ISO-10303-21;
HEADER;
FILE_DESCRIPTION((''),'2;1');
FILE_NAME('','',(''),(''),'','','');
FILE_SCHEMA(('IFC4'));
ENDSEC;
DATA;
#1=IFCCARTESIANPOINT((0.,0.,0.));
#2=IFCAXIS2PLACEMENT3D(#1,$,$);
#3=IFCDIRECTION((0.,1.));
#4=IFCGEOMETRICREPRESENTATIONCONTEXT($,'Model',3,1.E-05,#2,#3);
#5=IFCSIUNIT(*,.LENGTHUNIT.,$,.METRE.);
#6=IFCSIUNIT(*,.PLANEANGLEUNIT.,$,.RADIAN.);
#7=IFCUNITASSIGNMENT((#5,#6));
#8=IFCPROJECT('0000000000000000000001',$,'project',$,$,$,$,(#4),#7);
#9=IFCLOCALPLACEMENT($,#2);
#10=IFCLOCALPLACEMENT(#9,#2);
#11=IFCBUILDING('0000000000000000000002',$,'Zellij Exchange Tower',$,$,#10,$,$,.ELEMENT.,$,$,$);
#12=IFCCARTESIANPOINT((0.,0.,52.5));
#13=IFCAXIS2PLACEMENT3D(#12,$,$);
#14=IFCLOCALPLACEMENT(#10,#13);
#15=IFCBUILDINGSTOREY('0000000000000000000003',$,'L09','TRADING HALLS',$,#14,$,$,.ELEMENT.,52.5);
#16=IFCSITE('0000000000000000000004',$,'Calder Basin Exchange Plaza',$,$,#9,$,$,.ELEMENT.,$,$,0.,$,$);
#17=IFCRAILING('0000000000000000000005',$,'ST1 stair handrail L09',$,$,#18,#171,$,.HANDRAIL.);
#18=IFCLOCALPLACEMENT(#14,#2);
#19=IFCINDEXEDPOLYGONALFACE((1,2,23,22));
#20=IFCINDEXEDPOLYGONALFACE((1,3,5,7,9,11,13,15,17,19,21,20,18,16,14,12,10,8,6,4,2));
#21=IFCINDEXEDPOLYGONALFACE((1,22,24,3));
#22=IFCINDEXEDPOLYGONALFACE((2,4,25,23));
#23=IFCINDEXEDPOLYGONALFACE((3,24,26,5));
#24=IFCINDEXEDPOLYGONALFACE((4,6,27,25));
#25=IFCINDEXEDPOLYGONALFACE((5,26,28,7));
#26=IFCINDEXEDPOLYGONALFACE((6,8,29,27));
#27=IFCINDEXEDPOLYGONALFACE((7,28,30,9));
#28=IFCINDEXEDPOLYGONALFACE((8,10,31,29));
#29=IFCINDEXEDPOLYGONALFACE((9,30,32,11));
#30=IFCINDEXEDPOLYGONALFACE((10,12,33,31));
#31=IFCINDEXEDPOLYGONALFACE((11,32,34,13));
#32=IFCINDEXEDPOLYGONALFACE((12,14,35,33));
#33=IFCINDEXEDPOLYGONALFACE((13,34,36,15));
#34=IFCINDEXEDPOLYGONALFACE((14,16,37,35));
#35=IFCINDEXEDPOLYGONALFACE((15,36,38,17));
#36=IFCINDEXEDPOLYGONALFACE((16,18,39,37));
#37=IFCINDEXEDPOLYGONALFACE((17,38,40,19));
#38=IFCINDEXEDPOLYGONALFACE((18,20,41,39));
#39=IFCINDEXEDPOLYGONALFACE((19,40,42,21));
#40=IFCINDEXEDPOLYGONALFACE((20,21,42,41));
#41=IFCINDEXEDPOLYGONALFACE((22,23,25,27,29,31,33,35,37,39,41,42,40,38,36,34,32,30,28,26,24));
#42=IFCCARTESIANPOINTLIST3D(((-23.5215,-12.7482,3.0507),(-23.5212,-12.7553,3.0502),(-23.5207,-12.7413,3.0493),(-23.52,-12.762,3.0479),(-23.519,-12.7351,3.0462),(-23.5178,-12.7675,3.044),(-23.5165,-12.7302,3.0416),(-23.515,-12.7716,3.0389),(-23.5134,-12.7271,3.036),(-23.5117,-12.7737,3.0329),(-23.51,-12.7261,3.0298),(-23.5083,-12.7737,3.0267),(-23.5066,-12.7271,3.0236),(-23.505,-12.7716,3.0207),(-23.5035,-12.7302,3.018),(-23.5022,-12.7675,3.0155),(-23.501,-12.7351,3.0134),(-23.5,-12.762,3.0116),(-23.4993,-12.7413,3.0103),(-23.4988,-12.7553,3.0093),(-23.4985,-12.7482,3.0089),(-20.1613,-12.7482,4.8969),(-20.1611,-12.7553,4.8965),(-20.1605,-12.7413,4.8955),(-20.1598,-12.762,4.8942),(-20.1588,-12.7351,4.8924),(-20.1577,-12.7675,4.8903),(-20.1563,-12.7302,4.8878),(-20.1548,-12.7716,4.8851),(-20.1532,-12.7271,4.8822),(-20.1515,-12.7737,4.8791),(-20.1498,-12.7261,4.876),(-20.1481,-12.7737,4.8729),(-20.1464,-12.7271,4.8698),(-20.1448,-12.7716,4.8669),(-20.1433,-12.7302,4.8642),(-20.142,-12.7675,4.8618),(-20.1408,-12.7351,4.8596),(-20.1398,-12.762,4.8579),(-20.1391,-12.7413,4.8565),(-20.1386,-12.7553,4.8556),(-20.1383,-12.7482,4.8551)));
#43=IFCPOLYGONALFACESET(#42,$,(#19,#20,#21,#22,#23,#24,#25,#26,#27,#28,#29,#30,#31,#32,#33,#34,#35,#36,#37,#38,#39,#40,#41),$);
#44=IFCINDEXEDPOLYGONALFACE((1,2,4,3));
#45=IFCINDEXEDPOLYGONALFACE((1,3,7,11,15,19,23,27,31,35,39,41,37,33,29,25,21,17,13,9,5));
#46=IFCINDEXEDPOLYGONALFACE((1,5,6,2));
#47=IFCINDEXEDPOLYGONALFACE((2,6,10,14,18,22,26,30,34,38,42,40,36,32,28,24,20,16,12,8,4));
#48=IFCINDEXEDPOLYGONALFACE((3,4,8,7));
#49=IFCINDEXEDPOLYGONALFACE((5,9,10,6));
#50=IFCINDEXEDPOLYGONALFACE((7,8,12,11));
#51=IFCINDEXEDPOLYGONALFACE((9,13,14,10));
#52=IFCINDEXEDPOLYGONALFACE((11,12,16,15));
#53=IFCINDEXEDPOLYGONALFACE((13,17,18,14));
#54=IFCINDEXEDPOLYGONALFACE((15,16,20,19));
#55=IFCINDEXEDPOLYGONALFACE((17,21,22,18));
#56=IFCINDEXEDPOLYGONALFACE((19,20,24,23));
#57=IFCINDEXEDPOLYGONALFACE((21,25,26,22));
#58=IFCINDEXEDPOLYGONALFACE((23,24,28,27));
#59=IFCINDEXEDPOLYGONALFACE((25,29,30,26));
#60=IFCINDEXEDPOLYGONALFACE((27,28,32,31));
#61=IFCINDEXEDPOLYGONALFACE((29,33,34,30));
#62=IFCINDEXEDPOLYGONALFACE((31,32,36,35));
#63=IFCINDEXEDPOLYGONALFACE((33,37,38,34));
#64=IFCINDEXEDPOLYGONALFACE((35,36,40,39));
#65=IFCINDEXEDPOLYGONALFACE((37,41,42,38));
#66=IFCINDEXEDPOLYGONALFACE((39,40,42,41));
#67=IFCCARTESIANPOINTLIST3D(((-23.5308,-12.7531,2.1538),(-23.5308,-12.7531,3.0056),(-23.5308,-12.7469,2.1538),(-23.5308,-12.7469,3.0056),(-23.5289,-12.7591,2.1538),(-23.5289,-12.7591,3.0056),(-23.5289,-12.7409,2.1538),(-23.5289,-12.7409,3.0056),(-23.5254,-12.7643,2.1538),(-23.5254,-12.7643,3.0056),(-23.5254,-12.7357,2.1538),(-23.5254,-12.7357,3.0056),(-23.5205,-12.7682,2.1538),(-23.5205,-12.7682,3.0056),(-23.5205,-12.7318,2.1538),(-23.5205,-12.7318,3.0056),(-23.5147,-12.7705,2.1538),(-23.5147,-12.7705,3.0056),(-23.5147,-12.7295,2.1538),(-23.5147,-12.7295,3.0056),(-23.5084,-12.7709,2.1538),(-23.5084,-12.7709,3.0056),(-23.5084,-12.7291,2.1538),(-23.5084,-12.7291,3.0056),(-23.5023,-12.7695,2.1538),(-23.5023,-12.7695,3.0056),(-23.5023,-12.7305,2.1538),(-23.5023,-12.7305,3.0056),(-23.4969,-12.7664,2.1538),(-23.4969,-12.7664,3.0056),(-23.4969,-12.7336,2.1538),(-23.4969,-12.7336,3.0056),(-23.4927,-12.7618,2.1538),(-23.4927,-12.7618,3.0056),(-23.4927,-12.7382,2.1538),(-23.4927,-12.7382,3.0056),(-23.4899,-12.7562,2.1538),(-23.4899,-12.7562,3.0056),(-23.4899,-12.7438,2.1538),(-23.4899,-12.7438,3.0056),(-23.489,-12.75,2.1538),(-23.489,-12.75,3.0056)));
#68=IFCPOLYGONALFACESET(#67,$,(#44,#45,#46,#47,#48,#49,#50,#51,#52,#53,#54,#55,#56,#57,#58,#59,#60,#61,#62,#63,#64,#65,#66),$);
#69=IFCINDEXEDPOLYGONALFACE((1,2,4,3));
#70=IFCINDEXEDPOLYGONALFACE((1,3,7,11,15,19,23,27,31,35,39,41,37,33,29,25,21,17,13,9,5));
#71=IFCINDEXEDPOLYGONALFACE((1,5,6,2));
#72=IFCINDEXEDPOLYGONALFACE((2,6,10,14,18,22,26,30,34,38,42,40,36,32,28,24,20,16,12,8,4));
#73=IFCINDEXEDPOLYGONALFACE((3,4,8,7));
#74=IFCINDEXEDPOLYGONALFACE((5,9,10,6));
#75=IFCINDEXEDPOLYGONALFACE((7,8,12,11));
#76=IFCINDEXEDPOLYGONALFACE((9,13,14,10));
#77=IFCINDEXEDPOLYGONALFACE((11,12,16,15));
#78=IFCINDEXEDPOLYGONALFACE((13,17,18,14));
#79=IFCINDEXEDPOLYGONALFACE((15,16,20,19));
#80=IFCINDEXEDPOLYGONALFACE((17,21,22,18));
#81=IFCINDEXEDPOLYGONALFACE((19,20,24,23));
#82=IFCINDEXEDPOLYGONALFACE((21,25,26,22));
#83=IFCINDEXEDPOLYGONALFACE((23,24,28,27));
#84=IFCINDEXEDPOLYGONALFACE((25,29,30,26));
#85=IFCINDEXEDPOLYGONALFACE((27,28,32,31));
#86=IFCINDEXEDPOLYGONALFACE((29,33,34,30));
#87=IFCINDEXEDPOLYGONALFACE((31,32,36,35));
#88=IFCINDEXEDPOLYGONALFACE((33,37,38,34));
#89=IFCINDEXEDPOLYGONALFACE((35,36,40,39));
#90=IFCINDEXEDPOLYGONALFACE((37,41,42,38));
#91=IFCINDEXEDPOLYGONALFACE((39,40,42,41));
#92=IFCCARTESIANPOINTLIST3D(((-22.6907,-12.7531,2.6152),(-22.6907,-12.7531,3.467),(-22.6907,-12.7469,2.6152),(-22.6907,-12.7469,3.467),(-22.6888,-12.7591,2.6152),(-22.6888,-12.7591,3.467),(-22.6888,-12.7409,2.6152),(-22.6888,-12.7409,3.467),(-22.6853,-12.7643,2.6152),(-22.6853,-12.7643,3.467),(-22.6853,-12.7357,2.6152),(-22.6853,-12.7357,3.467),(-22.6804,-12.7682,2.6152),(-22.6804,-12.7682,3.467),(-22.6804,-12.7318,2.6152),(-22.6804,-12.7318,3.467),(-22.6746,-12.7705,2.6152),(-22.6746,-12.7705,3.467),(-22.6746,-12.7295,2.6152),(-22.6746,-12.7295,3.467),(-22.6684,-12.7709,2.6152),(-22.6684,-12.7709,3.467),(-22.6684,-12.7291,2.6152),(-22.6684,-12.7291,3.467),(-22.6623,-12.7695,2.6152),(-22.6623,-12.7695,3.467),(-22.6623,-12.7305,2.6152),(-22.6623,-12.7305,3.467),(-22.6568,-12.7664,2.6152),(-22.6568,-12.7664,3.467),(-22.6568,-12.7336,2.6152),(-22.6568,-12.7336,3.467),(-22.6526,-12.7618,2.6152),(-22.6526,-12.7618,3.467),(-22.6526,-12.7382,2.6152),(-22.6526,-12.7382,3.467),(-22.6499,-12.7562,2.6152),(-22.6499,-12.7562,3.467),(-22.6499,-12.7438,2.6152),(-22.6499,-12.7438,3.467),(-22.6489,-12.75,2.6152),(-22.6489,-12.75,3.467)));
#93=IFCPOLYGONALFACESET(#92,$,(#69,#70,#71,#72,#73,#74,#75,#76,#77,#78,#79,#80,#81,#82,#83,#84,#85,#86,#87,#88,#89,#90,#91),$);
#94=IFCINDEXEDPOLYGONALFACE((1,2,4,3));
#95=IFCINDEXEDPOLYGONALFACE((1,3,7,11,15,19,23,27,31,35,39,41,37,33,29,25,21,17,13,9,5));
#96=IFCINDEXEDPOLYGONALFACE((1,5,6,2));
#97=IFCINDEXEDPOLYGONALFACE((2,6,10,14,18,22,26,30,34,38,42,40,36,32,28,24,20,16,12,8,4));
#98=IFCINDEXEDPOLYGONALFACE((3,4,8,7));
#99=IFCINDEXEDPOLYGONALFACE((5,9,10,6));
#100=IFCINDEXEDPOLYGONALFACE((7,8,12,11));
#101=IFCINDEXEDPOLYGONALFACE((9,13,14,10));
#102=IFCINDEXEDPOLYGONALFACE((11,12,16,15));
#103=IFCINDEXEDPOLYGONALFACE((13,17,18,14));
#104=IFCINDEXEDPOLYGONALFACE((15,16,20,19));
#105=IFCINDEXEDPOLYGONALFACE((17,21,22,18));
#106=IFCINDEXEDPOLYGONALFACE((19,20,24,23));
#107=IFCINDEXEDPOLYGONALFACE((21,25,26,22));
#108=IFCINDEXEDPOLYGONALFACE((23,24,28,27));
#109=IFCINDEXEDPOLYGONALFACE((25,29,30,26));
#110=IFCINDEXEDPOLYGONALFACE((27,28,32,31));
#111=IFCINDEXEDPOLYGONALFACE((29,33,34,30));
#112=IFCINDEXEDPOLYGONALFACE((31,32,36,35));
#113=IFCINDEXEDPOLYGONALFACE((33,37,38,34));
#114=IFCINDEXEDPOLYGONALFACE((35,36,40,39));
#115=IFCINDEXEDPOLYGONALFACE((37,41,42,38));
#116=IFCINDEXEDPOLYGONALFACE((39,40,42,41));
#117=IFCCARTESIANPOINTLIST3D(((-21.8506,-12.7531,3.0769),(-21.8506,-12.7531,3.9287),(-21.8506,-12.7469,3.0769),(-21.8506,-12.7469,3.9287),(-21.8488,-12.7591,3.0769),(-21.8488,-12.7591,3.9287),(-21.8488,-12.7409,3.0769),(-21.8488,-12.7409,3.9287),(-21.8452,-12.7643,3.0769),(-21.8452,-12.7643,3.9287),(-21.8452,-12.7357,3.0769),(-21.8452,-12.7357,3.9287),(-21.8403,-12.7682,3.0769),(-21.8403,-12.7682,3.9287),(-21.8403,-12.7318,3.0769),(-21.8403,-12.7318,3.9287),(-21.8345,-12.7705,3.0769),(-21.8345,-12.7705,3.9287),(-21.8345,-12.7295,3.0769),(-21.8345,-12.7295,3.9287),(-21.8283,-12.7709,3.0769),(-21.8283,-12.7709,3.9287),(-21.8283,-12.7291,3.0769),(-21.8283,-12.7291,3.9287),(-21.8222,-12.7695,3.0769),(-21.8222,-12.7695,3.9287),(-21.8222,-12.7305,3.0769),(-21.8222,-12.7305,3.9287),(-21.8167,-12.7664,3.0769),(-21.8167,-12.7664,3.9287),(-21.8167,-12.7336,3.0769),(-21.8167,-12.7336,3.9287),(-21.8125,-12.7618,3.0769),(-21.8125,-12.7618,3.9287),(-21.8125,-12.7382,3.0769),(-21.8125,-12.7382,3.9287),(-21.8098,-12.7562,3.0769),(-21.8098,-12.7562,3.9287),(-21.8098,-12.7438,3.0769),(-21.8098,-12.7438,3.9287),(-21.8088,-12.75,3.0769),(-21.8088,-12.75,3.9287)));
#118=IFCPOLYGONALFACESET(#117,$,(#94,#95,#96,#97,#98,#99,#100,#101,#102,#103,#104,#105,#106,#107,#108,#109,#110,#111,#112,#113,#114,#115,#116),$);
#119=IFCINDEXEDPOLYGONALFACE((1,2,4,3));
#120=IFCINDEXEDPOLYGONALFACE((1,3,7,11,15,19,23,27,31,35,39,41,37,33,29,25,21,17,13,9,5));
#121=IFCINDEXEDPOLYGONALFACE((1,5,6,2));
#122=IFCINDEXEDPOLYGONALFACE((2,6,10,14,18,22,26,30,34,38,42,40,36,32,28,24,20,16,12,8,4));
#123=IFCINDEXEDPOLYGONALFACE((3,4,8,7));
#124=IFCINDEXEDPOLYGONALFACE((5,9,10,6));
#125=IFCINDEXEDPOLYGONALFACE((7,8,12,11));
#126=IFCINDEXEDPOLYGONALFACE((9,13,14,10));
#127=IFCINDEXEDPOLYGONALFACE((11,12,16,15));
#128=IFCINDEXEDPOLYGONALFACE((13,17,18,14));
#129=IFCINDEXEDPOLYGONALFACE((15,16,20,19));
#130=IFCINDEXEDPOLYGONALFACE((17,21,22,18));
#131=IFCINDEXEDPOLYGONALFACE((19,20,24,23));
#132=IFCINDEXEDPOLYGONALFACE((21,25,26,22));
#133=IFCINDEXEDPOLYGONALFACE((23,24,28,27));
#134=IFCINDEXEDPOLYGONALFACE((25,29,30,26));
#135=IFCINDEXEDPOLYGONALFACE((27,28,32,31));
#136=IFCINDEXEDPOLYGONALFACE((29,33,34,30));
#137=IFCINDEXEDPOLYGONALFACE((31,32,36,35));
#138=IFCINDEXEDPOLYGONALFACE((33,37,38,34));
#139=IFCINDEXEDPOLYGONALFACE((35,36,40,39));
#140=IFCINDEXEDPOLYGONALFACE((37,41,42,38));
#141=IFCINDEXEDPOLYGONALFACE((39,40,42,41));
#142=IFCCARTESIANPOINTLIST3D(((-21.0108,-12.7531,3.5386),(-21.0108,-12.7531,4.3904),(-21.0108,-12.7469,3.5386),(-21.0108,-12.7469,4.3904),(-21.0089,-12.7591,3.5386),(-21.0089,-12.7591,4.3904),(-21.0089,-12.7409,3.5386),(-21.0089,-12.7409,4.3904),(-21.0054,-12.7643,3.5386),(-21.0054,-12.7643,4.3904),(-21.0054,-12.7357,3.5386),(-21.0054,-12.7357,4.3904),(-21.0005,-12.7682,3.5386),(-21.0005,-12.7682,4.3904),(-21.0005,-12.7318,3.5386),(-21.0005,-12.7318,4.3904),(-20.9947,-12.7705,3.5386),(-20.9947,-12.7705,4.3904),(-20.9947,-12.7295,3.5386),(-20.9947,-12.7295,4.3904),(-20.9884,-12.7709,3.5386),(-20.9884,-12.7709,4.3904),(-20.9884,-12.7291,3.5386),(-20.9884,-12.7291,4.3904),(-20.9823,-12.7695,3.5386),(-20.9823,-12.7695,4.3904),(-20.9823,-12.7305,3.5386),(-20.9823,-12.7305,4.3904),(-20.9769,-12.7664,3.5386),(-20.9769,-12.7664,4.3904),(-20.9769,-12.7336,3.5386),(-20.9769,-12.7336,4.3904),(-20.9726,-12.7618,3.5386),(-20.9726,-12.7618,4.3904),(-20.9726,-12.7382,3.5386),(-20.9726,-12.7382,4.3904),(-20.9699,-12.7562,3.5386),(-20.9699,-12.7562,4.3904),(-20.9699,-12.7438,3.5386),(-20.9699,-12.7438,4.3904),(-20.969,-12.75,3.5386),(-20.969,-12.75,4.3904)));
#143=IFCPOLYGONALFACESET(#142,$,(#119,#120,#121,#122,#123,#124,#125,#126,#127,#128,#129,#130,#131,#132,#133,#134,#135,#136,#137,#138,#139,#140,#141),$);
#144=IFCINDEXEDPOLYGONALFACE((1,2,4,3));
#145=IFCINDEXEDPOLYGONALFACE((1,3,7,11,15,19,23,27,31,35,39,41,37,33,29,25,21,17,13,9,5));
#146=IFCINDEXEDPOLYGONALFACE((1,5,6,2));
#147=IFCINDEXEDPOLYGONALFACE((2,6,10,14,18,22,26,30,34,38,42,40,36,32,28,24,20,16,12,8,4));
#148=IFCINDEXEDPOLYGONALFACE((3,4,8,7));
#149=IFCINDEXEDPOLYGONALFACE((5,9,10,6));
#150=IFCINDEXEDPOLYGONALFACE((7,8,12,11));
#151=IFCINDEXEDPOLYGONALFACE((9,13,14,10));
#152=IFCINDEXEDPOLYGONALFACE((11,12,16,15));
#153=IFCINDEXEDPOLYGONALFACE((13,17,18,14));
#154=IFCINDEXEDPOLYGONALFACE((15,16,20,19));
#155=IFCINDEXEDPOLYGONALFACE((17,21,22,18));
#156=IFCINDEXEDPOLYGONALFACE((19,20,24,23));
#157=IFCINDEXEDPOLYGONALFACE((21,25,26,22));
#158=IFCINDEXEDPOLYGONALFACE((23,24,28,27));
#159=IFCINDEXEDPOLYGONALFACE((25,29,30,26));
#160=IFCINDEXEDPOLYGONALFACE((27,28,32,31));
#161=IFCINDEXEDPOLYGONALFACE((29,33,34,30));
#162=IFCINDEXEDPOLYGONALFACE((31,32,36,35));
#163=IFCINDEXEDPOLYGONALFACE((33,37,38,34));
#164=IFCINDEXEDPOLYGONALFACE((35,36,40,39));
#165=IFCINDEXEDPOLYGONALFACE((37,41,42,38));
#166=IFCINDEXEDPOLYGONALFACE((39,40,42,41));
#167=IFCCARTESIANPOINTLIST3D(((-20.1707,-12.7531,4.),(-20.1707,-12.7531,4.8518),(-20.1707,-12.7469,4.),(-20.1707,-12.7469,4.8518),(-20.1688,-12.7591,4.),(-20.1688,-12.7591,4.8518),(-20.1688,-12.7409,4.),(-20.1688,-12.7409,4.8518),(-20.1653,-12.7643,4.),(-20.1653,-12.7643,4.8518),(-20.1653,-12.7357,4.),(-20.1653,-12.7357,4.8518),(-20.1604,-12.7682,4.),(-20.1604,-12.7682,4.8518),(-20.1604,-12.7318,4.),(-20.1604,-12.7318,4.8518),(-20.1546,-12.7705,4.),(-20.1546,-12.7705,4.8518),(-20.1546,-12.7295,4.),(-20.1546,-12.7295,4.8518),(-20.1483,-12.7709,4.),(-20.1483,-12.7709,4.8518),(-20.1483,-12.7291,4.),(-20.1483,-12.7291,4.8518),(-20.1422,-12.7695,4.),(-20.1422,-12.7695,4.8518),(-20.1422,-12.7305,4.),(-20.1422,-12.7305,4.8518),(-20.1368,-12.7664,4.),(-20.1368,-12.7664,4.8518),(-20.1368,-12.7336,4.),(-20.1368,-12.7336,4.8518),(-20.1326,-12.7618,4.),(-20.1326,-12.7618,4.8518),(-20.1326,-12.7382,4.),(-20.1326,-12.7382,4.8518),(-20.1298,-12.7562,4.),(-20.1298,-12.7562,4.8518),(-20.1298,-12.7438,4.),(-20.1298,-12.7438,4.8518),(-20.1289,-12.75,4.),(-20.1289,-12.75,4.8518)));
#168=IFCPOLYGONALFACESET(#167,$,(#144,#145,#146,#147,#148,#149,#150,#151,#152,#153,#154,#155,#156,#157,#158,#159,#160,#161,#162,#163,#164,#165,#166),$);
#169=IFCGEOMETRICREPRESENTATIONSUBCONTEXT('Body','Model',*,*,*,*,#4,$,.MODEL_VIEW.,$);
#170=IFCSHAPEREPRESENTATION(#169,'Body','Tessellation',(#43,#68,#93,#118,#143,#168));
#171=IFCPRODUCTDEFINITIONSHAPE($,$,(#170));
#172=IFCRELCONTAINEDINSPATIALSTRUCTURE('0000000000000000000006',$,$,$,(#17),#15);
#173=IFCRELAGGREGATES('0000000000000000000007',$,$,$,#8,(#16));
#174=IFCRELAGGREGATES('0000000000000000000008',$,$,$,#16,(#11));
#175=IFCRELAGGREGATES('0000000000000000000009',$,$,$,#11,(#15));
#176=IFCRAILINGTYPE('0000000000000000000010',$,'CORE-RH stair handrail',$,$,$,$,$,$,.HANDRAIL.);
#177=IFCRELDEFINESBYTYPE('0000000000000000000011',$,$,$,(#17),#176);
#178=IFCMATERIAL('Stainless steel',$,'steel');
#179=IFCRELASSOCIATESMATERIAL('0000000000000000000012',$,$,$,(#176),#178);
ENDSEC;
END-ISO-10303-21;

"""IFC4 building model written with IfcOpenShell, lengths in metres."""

from ifc_helpers import new_model, si_unit, direction, frame, origin, origin_2d, place, context, subcontext, project, spatial, circle, extrude, material, type_object, element, save


model = new_model("IFC4")

# Units and contexts
model_context = context("Model", 3, precision=1e-05, world=origin(), true_north=direction((0.0, 1.0)))
body_context = subcontext(model_context, "Body", "Model", "MODEL_VIEW")
ifc_project = project(units=[si_unit("LENGTHUNIT", "METRE"), si_unit("PLANEANGLEUNIT", "RADIAN")], contexts=[model_context])

# Site, building, storey
site_placement = place(None, origin())
site = spatial("IfcSite", under=ifc_project, at=site_placement, Name="Calder Basin Exchange Plaza", CompositionType="ELEMENT", RefElevation=0.0)
building_placement = place(site_placement, origin())
building = spatial("IfcBuilding", under=site, at=building_placement, Name="Zellij Exchange Tower", CompositionType="ELEMENT")
storey_placement = place(building_placement, frame((0.0, 0.0, 52.5)))
storey = spatial("IfcBuildingStorey", under=building, at=storey_placement, Name="L09", Description="TRADING HALLS", CompositionType="ELEMENT", Elevation=52.5)

# Railing
ifc_material_1 = material(Name="Stainless steel", Category="steel")
railing_type = type_object("IfcRailingType", Name="CORE-RH stair handrail", PredefinedType="HANDRAIL", material=ifc_material_1)
railing_placement = place(storey_placement, frame((-23.51, -12.75, 2.1538)))
element("IfcRailing", 1, at=railing_placement, inside=storey, type_object=railing_type, Name="ST1 stair handrail L09", PredefinedType="HANDRAIL", context=body_context, shape_type="SweptSolid", body=[
    extrude(circle(Radius=0.0239, at=origin_2d()), frame((0.0, 0.0, 0.876), z_axis=(0.876422, 0.0, 0.481545), x_axis=(0.0, 1.0, 0.0)), (0.0, 0.0, 1.0), 3.834),
    extrude(circle(Radius=0.021, at=origin_2d()), origin(), (0.0, 0.0, 1.0), 0.8518),
    extrude(circle(Radius=0.021, at=origin_2d()), frame((0.8401, 0.0, 0.4614)), (0.0, 0.0, 1.0), 0.8518),
    extrude(circle(Radius=0.021, at=origin_2d()), frame((1.6802, 0.0, 0.9231)), (0.0, 0.0, 1.0), 0.8518),
    extrude(circle(Radius=0.021, at=origin_2d()), frame((2.52, 0.0, 1.3848)), (0.0, 0.0, 1.0), 0.8518),
    extrude(circle(Radius=0.021, at=origin_2d()), frame((3.3601, 0.0, 1.8462)), (0.0, 0.0, 1.0), 0.8518),
])

save(model, "model.ifc")
